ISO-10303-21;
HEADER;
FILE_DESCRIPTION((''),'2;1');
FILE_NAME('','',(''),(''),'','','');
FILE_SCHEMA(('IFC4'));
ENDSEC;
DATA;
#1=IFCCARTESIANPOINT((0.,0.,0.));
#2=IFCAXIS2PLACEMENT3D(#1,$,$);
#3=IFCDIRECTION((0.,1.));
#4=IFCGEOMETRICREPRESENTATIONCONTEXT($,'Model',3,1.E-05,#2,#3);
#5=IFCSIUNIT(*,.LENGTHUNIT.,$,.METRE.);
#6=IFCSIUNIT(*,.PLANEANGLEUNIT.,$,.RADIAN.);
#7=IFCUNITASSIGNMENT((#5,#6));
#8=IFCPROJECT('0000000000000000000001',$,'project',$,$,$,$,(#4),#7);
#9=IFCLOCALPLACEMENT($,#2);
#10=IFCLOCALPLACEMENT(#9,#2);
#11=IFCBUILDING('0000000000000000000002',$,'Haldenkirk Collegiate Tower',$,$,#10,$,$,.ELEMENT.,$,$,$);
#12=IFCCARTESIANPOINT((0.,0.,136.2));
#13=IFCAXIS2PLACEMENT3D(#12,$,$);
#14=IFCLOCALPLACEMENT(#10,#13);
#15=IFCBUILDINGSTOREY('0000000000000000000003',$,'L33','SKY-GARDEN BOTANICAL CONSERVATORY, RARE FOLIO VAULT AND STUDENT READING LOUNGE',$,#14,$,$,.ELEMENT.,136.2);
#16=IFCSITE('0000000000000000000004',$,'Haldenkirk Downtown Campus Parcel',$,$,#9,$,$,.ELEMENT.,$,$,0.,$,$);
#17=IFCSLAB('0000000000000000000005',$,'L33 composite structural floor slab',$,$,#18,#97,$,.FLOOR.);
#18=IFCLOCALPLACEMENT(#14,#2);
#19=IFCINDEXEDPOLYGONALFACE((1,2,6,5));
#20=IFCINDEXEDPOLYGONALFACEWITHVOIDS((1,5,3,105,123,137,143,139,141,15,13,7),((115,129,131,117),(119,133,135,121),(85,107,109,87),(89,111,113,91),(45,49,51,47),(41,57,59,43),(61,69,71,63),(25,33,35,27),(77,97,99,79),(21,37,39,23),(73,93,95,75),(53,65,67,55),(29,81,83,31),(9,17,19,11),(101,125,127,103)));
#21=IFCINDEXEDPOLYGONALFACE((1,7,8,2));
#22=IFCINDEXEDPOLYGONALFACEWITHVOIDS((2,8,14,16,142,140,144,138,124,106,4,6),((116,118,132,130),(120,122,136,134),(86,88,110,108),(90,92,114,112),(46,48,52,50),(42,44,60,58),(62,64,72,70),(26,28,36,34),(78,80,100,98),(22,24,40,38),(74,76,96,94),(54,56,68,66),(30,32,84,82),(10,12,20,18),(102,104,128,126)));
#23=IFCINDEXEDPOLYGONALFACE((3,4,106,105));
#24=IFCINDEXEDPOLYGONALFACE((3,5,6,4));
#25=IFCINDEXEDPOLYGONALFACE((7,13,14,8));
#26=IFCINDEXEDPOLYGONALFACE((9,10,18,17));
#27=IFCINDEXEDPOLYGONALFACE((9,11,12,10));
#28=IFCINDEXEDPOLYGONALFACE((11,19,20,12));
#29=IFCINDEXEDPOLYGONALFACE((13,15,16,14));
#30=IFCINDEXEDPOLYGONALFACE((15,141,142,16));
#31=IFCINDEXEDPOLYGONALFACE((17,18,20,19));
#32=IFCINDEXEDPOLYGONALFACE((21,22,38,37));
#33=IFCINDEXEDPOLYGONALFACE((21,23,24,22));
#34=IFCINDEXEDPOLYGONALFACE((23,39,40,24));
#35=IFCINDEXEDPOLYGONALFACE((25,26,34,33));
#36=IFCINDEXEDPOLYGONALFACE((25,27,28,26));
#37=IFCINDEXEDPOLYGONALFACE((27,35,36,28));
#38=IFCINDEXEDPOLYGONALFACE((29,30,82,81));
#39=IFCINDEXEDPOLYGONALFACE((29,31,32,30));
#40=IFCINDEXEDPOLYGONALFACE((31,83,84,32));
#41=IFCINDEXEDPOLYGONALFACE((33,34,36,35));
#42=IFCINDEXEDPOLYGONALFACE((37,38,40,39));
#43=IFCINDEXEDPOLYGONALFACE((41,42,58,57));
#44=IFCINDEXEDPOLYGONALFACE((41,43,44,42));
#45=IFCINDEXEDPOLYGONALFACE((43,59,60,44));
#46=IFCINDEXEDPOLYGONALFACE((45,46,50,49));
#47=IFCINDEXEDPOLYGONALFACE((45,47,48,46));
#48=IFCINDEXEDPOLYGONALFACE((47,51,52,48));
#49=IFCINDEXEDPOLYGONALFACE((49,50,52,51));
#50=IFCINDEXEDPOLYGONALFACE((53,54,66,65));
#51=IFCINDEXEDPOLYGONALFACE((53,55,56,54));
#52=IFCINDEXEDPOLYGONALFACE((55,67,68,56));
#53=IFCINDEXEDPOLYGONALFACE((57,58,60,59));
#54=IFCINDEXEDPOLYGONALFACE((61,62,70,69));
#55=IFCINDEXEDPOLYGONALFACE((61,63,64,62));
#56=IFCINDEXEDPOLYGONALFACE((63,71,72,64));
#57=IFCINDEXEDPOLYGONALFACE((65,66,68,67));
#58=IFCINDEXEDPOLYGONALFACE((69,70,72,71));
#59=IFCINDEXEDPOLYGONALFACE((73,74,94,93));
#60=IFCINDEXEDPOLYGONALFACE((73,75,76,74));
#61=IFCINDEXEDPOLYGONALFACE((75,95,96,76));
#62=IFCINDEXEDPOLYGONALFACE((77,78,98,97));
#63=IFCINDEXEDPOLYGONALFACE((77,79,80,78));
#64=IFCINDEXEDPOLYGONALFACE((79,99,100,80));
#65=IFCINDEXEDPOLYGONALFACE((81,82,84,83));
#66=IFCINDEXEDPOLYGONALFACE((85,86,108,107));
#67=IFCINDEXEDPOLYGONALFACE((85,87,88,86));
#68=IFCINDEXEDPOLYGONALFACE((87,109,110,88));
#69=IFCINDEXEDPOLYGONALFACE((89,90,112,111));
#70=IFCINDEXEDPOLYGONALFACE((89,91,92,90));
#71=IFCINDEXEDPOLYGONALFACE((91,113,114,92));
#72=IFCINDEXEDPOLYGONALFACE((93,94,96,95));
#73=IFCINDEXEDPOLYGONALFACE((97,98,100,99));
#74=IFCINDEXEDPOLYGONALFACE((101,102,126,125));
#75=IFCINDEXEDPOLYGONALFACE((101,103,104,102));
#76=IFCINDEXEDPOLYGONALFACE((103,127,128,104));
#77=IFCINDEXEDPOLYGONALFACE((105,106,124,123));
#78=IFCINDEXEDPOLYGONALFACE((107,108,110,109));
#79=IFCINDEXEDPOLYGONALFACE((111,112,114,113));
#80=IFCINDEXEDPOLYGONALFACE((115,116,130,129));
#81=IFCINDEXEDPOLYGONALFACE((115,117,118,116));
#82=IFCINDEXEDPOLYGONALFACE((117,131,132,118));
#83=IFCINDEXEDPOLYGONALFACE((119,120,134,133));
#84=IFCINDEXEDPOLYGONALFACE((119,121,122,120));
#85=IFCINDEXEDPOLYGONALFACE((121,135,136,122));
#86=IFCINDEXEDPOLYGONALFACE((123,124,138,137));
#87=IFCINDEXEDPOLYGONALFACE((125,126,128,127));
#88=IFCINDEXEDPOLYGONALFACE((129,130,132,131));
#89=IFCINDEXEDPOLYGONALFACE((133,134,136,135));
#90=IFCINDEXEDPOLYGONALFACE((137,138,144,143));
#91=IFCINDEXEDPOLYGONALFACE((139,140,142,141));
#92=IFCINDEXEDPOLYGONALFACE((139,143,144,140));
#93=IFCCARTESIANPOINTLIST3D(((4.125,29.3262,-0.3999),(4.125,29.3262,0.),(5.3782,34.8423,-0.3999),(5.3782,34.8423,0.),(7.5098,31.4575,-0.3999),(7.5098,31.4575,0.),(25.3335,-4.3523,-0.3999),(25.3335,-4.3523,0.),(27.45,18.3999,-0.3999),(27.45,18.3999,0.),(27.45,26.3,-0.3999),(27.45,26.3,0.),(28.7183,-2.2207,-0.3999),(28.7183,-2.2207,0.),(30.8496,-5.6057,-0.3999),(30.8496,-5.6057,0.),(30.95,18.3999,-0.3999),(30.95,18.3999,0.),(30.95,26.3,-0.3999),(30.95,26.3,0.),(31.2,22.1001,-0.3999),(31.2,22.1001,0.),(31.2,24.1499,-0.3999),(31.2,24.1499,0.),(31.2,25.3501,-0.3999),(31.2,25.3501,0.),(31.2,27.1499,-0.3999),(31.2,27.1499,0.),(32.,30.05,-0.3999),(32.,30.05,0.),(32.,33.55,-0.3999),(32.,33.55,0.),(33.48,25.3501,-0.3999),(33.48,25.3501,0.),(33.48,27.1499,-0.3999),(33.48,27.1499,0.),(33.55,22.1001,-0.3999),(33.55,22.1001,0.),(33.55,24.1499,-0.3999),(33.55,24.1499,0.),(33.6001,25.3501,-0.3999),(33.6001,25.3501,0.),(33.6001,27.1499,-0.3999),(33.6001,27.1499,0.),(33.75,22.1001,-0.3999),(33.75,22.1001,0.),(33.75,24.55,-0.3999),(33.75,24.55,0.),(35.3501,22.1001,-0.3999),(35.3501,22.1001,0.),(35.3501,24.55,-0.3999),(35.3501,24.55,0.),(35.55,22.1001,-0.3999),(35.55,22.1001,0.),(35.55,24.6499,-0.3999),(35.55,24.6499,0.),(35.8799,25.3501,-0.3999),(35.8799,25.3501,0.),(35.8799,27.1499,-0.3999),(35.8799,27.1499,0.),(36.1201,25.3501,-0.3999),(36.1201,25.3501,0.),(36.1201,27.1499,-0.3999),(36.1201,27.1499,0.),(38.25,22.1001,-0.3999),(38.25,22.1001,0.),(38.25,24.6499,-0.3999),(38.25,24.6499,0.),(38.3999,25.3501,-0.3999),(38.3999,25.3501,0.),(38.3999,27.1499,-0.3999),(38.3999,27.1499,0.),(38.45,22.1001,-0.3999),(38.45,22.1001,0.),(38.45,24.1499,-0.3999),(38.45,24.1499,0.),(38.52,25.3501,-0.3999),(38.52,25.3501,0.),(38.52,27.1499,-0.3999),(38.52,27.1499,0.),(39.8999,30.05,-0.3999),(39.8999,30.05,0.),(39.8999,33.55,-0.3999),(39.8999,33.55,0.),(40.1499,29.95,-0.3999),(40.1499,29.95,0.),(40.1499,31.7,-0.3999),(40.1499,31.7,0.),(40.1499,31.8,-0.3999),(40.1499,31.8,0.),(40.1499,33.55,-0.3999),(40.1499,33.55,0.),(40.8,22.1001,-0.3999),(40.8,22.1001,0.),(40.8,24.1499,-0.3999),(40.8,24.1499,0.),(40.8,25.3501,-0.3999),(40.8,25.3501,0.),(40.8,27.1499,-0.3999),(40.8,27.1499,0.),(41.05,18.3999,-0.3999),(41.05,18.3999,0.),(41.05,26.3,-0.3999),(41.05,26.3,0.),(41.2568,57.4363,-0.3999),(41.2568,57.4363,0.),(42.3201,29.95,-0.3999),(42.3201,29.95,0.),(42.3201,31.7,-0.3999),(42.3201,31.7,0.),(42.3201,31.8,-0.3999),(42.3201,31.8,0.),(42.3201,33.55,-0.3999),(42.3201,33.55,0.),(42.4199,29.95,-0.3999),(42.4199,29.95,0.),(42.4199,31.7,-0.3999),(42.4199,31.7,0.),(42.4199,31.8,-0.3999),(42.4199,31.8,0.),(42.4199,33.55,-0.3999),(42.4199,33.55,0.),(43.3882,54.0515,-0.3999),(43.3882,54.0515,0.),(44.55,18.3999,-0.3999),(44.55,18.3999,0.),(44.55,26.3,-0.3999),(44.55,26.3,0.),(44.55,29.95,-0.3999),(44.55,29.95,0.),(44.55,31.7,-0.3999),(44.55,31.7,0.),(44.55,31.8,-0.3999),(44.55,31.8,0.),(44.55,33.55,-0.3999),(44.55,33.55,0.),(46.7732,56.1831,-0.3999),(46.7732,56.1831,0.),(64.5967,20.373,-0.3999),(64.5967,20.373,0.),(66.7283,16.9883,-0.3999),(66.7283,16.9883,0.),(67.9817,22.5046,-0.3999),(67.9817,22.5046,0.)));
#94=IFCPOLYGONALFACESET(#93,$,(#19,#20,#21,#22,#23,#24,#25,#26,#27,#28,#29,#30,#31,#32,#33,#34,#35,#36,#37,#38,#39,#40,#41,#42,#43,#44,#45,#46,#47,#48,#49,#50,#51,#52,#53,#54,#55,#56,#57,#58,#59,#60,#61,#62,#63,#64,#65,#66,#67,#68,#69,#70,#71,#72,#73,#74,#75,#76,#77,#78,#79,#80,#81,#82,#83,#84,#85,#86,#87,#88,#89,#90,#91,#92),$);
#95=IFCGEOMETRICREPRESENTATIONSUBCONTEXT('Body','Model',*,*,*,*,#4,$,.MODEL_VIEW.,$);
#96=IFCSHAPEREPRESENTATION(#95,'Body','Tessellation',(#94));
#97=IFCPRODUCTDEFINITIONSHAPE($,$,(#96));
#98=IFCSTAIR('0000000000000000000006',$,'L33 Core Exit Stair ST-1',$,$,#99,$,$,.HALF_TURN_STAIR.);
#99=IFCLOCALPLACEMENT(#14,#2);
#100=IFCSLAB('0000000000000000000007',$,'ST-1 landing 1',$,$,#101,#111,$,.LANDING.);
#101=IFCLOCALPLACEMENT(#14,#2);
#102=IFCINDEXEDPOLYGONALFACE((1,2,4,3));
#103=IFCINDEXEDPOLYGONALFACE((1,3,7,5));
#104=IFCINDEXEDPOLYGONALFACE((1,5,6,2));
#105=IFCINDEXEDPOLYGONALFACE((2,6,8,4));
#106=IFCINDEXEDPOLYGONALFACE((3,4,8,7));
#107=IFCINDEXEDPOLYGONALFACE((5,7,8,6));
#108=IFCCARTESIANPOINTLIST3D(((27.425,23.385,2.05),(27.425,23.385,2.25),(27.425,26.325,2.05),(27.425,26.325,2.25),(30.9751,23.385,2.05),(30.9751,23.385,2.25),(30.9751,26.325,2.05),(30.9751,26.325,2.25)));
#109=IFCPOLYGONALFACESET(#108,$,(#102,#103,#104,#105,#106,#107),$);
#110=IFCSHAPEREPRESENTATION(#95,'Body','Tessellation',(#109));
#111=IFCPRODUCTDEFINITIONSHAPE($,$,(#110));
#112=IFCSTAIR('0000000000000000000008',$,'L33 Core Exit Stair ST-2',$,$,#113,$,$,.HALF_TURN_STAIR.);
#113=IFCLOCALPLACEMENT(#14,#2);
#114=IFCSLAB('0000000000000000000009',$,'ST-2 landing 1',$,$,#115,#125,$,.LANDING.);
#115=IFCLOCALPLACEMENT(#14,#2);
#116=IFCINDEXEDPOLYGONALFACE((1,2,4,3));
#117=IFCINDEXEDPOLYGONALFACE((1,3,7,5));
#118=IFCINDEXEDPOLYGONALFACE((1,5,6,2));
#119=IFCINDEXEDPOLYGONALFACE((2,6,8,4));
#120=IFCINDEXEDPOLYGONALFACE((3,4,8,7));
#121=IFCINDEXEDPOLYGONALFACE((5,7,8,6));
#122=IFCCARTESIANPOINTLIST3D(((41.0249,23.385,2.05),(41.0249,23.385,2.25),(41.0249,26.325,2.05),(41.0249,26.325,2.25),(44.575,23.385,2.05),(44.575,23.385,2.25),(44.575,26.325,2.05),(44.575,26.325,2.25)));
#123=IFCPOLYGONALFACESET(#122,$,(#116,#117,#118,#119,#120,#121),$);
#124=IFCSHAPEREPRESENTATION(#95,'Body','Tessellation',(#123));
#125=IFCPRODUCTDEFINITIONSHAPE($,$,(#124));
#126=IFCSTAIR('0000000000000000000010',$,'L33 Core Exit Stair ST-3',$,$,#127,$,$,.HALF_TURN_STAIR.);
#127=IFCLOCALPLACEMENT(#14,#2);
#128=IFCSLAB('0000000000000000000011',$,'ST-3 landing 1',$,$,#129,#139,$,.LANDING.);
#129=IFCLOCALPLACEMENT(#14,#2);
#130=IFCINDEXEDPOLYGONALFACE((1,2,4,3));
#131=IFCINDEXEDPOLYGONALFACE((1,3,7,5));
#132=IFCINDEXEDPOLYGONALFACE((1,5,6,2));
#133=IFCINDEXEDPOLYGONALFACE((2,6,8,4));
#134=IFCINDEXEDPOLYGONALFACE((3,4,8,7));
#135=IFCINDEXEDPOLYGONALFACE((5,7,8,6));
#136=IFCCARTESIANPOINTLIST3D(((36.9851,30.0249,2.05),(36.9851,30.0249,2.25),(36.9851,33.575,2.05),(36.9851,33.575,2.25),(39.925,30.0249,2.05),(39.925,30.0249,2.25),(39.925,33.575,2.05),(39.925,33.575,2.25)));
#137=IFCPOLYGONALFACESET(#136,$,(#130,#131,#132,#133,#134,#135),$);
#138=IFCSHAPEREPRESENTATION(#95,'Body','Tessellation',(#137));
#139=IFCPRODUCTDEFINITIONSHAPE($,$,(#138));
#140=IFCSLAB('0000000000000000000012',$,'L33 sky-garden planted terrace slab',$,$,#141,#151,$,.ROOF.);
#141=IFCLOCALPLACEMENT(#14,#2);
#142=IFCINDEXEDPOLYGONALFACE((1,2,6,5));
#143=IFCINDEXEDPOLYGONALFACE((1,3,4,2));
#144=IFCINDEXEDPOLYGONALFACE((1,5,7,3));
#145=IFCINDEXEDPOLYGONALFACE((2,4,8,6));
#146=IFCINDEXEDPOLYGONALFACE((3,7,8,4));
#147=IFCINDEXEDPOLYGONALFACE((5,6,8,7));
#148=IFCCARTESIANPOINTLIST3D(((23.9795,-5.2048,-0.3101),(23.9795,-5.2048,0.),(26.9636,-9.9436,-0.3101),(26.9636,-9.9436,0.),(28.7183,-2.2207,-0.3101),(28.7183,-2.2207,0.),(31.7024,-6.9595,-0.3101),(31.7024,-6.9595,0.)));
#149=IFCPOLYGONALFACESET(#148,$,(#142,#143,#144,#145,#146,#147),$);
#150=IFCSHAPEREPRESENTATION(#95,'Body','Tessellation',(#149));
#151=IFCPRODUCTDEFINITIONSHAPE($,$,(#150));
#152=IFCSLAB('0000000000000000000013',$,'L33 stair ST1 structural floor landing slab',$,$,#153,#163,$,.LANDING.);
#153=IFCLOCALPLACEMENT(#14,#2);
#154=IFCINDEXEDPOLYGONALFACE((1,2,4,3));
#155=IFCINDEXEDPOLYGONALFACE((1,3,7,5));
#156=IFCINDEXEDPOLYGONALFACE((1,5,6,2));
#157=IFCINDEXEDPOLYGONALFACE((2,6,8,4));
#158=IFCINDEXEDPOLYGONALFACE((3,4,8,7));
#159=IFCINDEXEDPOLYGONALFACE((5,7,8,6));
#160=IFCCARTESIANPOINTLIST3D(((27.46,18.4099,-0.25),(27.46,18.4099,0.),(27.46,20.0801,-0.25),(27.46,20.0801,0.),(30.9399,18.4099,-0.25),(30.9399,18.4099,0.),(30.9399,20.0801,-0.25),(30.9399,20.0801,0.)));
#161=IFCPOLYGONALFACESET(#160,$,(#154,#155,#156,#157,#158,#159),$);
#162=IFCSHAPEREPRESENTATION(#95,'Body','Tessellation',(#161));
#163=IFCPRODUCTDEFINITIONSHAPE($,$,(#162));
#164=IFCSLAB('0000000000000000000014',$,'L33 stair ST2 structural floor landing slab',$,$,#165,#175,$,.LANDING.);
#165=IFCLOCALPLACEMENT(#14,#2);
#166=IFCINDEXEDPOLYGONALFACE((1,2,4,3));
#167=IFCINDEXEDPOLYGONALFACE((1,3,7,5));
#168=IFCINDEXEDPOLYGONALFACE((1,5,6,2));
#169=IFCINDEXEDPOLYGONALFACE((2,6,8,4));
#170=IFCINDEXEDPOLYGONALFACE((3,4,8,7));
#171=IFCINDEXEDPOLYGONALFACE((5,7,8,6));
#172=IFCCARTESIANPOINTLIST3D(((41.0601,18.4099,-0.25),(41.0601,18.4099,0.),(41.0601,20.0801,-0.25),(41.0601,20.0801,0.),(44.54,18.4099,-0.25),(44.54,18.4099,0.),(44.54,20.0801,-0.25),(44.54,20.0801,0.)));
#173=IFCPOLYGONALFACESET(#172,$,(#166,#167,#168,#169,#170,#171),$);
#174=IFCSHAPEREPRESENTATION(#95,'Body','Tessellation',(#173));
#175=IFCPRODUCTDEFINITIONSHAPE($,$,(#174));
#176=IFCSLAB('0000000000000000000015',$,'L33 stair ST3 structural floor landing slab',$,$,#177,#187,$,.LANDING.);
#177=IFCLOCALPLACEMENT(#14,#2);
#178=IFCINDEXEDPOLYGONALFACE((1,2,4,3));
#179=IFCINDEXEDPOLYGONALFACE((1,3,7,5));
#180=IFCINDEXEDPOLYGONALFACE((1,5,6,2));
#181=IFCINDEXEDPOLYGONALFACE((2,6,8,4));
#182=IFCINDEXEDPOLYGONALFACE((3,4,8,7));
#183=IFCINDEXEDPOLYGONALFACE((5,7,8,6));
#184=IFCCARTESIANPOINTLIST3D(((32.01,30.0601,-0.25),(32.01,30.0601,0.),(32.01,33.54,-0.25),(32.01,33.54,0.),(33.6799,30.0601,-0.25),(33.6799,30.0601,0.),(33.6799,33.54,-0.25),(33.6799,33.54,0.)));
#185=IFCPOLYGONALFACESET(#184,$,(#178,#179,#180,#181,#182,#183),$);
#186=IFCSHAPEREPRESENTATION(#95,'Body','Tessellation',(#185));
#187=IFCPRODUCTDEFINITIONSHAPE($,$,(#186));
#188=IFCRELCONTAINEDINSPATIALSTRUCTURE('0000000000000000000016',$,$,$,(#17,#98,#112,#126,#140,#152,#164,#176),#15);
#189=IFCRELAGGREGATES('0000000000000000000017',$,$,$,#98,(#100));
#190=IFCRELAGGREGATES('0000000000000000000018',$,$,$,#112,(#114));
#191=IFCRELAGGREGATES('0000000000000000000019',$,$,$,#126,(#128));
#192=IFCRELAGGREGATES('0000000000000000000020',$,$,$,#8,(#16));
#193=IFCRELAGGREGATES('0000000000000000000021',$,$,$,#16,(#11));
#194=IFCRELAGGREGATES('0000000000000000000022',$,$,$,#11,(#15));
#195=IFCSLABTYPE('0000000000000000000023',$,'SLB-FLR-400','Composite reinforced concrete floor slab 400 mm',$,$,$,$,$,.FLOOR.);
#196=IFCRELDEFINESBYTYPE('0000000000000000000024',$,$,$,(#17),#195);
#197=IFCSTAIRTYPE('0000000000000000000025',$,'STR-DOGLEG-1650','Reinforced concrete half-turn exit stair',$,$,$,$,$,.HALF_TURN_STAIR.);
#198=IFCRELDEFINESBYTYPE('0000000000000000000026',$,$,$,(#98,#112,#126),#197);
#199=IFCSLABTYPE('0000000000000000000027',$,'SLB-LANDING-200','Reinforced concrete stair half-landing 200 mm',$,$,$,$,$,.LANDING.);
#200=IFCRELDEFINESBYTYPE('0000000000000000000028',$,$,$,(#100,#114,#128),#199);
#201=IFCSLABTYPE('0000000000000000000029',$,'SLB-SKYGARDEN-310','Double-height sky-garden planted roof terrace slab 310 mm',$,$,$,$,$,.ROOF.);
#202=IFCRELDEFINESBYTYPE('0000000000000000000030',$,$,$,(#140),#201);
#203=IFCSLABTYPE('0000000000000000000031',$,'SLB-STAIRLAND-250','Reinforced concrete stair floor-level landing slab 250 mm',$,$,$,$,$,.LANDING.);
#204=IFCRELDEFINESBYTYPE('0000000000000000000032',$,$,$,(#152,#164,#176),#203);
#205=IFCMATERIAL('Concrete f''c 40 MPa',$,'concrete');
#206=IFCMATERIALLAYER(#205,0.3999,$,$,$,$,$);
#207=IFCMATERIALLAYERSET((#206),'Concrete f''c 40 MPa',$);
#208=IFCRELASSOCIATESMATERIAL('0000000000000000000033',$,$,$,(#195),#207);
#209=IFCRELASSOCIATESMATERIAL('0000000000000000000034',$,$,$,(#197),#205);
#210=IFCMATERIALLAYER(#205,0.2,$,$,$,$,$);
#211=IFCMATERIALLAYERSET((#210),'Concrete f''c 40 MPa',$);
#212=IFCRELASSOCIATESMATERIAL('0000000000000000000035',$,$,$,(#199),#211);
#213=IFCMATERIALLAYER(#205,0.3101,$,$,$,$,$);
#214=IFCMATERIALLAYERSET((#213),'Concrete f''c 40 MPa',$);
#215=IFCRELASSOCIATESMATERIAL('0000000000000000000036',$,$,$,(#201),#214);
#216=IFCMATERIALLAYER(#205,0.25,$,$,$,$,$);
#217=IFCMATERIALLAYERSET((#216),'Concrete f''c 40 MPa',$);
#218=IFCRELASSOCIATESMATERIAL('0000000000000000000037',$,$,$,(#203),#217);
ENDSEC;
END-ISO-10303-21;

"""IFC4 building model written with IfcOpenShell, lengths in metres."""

from ifc_helpers import new_model, si_unit, direction, frame, origin, place, context, subcontext, project, spatial, polyline, outline, extrude, material, layer, layer_set, type_object, element, aggregate, save


model = new_model("IFC4")

# Units and contexts
model_context = context("Model", 3, precision=1e-05, world=origin(), true_north=direction((0.0, 1.0)))
body_context = subcontext(model_context, "Body", "Model", "MODEL_VIEW")
ifc_project = project(units=[si_unit("LENGTHUNIT", "METRE"), si_unit("PLANEANGLEUNIT", "RADIAN")], contexts=[model_context])

# Site, building, storey
site_placement = place(None, origin())
site = spatial("IfcSite", under=ifc_project, at=site_placement, Name="Haldenkirk Downtown Campus Parcel", CompositionType="ELEMENT", RefElevation=0.0)
building_placement = place(site_placement, origin())
building = spatial("IfcBuilding", under=site, at=building_placement, Name="Haldenkirk Collegiate Tower", CompositionType="ELEMENT")
storey_placement = place(building_placement, frame((0.0, 0.0, 136.2)))
storey = spatial("IfcBuildingStorey", under=building, at=storey_placement, Name="L33", Description="SKY-GARDEN BOTANICAL CONSERVATORY, RARE FOLIO VAULT AND STUDENT READING LOUNGE", CompositionType="ELEMENT", Elevation=136.2)

# Slab
ifc_material_1 = material(Name="Concrete f'c 40 MPa", Category="concrete")
ifc_layer_1 = layer(ifc_material_1, 0.3999)
ifc_layer_set_1 = layer_set([ifc_layer_1], Name="Concrete f'c 40 MPa")
slab_type_1 = type_object("IfcSlabType", Name="SLB-FLR-400", Description="Composite reinforced concrete floor slab 400 mm", PredefinedType="FLOOR", material=ifc_layer_set_1)
slab_1_placement = place(storey_placement, frame((0.0, 0.0, -0.3999)))
element("IfcSlab", 1, at=slab_1_placement, inside=storey, type_object=slab_type_1, Name="L33 composite structural floor slab", PredefinedType="FLOOR", context=body_context, shape_type="SweptSolid", body=[
    extrude(outline(polyline([(30.8496, -5.6057), (66.7283, 16.9883), (64.5967, 20.373), (67.9817, 22.5046), (46.7732, 56.1831), (43.3882, 54.0515), (41.2568, 57.4363), (5.3782, 34.8423), (7.5098, 31.4575), (4.125, 29.3262), (25.3335, -4.3523), (28.7183, -2.2207), (30.8496, -5.6057)]), holes=[polyline([(27.45, 18.3999), (30.95, 18.3999), (30.95, 26.3), (27.45, 26.3), (27.45, 18.3999)]), polyline([(41.05, 18.3999), (44.55, 18.3999), (44.55, 26.3), (41.05, 26.3), (41.05, 18.3999)]), polyline([(32.0, 30.05), (39.8999, 30.05), (39.8999, 33.55), (32.0, 33.55), (32.0, 30.05)]), polyline([(33.75, 22.1001), (35.3501, 22.1001), (35.3501, 24.55), (33.75, 24.55), (33.75, 22.1001)]), polyline([(40.1499, 29.95), (42.3201, 29.95), (42.3201, 31.7), (40.1499, 31.7), (40.1499, 29.95)]), polyline([(42.4199, 29.95), (44.55, 29.95), (44.55, 31.7), (42.4199, 31.7), (42.4199, 29.95)]), polyline([(40.1499, 31.8), (42.3201, 31.8), (42.3201, 33.55), (40.1499, 33.55), (40.1499, 31.8)]), polyline([(42.4199, 31.8), (44.55, 31.8), (44.55, 33.55), (42.4199, 33.55), (42.4199, 31.8)]), polyline([(31.2, 25.3501), (33.48, 25.3501), (33.48, 27.1499), (31.2, 27.1499), (31.2, 25.3501)]), polyline([(33.6001, 25.3501), (35.8799, 25.3501), (35.8799, 27.1499), (33.6001, 27.1499), (33.6001, 25.3501)]), polyline([(36.1201, 25.3501), (38.3999, 25.3501), (38.3999, 27.1499), (36.1201, 27.1499), (36.1201, 25.3501)]), polyline([(38.52, 25.3501), (40.8, 25.3501), (40.8, 27.1499), (38.52, 27.1499), (38.52, 25.3501)]), polyline([(31.2, 22.1001), (33.55, 22.1001), (33.55, 24.1499), (31.2, 24.1499), (31.2, 22.1001)]), polyline([(38.45, 22.1001), (40.8, 22.1001), (40.8, 24.1499), (38.45, 24.1499), (38.45, 22.1001)]), polyline([(35.55, 22.1001), (38.25, 22.1001), (38.25, 24.6499), (35.55, 24.6499), (35.55, 22.1001)])]), origin(), (0.0, 0.0, 1.0), 0.3999),
])

# Stairs, slabs
stair_type = type_object("IfcStairType", Name="STR-DOGLEG-1650", Description="Reinforced concrete half-turn exit stair", PredefinedType="HALF_TURN_STAIR", material=ifc_material_1)
stair_1_placement = place(storey_placement, origin())
stair_1 = element("IfcStair", 2, at=stair_1_placement, inside=storey, type_object=stair_type, Name="L33 Core Exit Stair ST-1", PredefinedType="HALF_TURN_STAIR")
ifc_layer_2 = layer(ifc_material_1, 0.2)
ifc_layer_set_2 = layer_set([ifc_layer_2], Name="Concrete f'c 40 MPa")
slab_type_2 = type_object("IfcSlabType", Name="SLB-LANDING-200", Description="Reinforced concrete stair half-landing 200 mm", PredefinedType="LANDING", material=ifc_layer_set_2)
slab_2_placement = place(storey_placement, frame((0.0, 0.0, 2.05)))
slab_2 = element("IfcSlab", 3, at=slab_2_placement, type_object=slab_type_2, Name="ST-1 landing 1", PredefinedType="LANDING", context=body_context, shape_type="SweptSolid", body=[
    extrude(outline(polyline([(30.9751, 23.385), (27.425, 23.385), (27.425, 26.325), (30.9751, 26.325), (30.9751, 23.385)])), origin(), (0.0, 0.0, 1.0), 0.2),
])
aggregate(stair_1, [slab_2])
stair_2_placement = place(storey_placement, origin())
stair_2 = element("IfcStair", 4, at=stair_2_placement, inside=storey, type_object=stair_type, Name="L33 Core Exit Stair ST-2", PredefinedType="HALF_TURN_STAIR")
slab_3_placement = place(storey_placement, frame((0.0, 0.0, 2.05)))
slab_3 = element("IfcSlab", 5, at=slab_3_placement, type_object=slab_type_2, Name="ST-2 landing 1", PredefinedType="LANDING", context=body_context, shape_type="SweptSolid", body=[
    extrude(outline(polyline([(44.575, 23.385), (41.0249, 23.385), (41.0249, 26.325), (44.575, 26.325), (44.575, 23.385)])), origin(), (0.0, 0.0, 1.0), 0.2),
])
aggregate(stair_2, [slab_3])
stair_3_placement = place(storey_placement, origin())
stair_3 = element("IfcStair", 6, at=stair_3_placement, inside=storey, type_object=stair_type, Name="L33 Core Exit Stair ST-3", PredefinedType="HALF_TURN_STAIR")
slab_4_placement = place(storey_placement, frame((0.0, 0.0, 2.05)))
slab_4 = element("IfcSlab", 7, at=slab_4_placement, type_object=slab_type_2, Name="ST-3 landing 1", PredefinedType="LANDING", context=body_context, shape_type="SweptSolid", body=[
    extrude(outline(polyline([(36.9851, 30.0249), (36.9851, 33.575), (39.925, 33.575), (39.925, 30.0249), (36.9851, 30.0249)])), origin(), (0.0, 0.0, 1.0), 0.2),
])
aggregate(stair_3, [slab_4])

# Slabs
ifc_layer_3 = layer(ifc_material_1, 0.3101)
ifc_layer_set_3 = layer_set([ifc_layer_3], Name="Concrete f'c 40 MPa")
slab_type_3 = type_object("IfcSlabType", Name="SLB-SKYGARDEN-310", Description="Double-height sky-garden planted roof terrace slab 310 mm", PredefinedType="ROOF", material=ifc_layer_set_3)
slab_5_placement = place(storey_placement, frame((0.0, 0.0, -0.3101)))
element("IfcSlab", 8, at=slab_5_placement, inside=storey, type_object=slab_type_3, Name="L33 sky-garden planted terrace slab", PredefinedType="ROOF", context=body_context, shape_type="SweptSolid", body=[
    extrude(outline(polyline([(26.9636, -9.9436), (31.7024, -6.9595), (28.7183, -2.2207), (23.9795, -5.2048), (26.9636, -9.9436)])), origin(), (0.0, 0.0, 1.0), 0.3101),
])
ifc_layer_4 = layer(ifc_material_1, 0.25)
ifc_layer_set_4 = layer_set([ifc_layer_4], Name="Concrete f'c 40 MPa")
slab_type_4 = type_object("IfcSlabType", Name="SLB-STAIRLAND-250", Description="Reinforced concrete stair floor-level landing slab 250 mm", PredefinedType="LANDING", material=ifc_layer_set_4)
slab_6_placement = place(storey_placement, frame((0.0, 0.0, -0.25)))
element("IfcSlab", 9, at=slab_6_placement, inside=storey, type_object=slab_type_4, Name="L33 stair ST1 structural floor landing slab", PredefinedType="LANDING", context=body_context, shape_type="SweptSolid", body=[
    extrude(outline(polyline([(27.46, 18.4099), (30.9399, 18.4099), (30.9399, 20.0801), (27.46, 20.0801), (27.46, 18.4099)])), origin(), (0.0, 0.0, 1.0), 0.25),
])
slab_7_placement = place(storey_placement, frame((0.0, 0.0, -0.25)))
element("IfcSlab", 10, at=slab_7_placement, inside=storey, type_object=slab_type_4, Name="L33 stair ST2 structural floor landing slab", PredefinedType="LANDING", context=body_context, shape_type="SweptSolid", body=[
    extrude(outline(polyline([(41.0601, 18.4099), (44.54, 18.4099), (44.54, 20.0801), (41.0601, 20.0801), (41.0601, 18.4099)])), origin(), (0.0, 0.0, 1.0), 0.25),
])
slab_8_placement = place(storey_placement, frame((0.0, 0.0, -0.25)))
element("IfcSlab", 11, at=slab_8_placement, inside=storey, type_object=slab_type_4, Name="L33 stair ST3 structural floor landing slab", PredefinedType="LANDING", context=body_context, shape_type="SweptSolid", body=[
    extrude(outline(polyline([(32.01, 30.0601), (33.6799, 30.0601), (33.6799, 33.54), (32.01, 33.54), (32.01, 30.0601)])), origin(), (0.0, 0.0, 1.0), 0.25),
])

save(model, "model.ifc")
